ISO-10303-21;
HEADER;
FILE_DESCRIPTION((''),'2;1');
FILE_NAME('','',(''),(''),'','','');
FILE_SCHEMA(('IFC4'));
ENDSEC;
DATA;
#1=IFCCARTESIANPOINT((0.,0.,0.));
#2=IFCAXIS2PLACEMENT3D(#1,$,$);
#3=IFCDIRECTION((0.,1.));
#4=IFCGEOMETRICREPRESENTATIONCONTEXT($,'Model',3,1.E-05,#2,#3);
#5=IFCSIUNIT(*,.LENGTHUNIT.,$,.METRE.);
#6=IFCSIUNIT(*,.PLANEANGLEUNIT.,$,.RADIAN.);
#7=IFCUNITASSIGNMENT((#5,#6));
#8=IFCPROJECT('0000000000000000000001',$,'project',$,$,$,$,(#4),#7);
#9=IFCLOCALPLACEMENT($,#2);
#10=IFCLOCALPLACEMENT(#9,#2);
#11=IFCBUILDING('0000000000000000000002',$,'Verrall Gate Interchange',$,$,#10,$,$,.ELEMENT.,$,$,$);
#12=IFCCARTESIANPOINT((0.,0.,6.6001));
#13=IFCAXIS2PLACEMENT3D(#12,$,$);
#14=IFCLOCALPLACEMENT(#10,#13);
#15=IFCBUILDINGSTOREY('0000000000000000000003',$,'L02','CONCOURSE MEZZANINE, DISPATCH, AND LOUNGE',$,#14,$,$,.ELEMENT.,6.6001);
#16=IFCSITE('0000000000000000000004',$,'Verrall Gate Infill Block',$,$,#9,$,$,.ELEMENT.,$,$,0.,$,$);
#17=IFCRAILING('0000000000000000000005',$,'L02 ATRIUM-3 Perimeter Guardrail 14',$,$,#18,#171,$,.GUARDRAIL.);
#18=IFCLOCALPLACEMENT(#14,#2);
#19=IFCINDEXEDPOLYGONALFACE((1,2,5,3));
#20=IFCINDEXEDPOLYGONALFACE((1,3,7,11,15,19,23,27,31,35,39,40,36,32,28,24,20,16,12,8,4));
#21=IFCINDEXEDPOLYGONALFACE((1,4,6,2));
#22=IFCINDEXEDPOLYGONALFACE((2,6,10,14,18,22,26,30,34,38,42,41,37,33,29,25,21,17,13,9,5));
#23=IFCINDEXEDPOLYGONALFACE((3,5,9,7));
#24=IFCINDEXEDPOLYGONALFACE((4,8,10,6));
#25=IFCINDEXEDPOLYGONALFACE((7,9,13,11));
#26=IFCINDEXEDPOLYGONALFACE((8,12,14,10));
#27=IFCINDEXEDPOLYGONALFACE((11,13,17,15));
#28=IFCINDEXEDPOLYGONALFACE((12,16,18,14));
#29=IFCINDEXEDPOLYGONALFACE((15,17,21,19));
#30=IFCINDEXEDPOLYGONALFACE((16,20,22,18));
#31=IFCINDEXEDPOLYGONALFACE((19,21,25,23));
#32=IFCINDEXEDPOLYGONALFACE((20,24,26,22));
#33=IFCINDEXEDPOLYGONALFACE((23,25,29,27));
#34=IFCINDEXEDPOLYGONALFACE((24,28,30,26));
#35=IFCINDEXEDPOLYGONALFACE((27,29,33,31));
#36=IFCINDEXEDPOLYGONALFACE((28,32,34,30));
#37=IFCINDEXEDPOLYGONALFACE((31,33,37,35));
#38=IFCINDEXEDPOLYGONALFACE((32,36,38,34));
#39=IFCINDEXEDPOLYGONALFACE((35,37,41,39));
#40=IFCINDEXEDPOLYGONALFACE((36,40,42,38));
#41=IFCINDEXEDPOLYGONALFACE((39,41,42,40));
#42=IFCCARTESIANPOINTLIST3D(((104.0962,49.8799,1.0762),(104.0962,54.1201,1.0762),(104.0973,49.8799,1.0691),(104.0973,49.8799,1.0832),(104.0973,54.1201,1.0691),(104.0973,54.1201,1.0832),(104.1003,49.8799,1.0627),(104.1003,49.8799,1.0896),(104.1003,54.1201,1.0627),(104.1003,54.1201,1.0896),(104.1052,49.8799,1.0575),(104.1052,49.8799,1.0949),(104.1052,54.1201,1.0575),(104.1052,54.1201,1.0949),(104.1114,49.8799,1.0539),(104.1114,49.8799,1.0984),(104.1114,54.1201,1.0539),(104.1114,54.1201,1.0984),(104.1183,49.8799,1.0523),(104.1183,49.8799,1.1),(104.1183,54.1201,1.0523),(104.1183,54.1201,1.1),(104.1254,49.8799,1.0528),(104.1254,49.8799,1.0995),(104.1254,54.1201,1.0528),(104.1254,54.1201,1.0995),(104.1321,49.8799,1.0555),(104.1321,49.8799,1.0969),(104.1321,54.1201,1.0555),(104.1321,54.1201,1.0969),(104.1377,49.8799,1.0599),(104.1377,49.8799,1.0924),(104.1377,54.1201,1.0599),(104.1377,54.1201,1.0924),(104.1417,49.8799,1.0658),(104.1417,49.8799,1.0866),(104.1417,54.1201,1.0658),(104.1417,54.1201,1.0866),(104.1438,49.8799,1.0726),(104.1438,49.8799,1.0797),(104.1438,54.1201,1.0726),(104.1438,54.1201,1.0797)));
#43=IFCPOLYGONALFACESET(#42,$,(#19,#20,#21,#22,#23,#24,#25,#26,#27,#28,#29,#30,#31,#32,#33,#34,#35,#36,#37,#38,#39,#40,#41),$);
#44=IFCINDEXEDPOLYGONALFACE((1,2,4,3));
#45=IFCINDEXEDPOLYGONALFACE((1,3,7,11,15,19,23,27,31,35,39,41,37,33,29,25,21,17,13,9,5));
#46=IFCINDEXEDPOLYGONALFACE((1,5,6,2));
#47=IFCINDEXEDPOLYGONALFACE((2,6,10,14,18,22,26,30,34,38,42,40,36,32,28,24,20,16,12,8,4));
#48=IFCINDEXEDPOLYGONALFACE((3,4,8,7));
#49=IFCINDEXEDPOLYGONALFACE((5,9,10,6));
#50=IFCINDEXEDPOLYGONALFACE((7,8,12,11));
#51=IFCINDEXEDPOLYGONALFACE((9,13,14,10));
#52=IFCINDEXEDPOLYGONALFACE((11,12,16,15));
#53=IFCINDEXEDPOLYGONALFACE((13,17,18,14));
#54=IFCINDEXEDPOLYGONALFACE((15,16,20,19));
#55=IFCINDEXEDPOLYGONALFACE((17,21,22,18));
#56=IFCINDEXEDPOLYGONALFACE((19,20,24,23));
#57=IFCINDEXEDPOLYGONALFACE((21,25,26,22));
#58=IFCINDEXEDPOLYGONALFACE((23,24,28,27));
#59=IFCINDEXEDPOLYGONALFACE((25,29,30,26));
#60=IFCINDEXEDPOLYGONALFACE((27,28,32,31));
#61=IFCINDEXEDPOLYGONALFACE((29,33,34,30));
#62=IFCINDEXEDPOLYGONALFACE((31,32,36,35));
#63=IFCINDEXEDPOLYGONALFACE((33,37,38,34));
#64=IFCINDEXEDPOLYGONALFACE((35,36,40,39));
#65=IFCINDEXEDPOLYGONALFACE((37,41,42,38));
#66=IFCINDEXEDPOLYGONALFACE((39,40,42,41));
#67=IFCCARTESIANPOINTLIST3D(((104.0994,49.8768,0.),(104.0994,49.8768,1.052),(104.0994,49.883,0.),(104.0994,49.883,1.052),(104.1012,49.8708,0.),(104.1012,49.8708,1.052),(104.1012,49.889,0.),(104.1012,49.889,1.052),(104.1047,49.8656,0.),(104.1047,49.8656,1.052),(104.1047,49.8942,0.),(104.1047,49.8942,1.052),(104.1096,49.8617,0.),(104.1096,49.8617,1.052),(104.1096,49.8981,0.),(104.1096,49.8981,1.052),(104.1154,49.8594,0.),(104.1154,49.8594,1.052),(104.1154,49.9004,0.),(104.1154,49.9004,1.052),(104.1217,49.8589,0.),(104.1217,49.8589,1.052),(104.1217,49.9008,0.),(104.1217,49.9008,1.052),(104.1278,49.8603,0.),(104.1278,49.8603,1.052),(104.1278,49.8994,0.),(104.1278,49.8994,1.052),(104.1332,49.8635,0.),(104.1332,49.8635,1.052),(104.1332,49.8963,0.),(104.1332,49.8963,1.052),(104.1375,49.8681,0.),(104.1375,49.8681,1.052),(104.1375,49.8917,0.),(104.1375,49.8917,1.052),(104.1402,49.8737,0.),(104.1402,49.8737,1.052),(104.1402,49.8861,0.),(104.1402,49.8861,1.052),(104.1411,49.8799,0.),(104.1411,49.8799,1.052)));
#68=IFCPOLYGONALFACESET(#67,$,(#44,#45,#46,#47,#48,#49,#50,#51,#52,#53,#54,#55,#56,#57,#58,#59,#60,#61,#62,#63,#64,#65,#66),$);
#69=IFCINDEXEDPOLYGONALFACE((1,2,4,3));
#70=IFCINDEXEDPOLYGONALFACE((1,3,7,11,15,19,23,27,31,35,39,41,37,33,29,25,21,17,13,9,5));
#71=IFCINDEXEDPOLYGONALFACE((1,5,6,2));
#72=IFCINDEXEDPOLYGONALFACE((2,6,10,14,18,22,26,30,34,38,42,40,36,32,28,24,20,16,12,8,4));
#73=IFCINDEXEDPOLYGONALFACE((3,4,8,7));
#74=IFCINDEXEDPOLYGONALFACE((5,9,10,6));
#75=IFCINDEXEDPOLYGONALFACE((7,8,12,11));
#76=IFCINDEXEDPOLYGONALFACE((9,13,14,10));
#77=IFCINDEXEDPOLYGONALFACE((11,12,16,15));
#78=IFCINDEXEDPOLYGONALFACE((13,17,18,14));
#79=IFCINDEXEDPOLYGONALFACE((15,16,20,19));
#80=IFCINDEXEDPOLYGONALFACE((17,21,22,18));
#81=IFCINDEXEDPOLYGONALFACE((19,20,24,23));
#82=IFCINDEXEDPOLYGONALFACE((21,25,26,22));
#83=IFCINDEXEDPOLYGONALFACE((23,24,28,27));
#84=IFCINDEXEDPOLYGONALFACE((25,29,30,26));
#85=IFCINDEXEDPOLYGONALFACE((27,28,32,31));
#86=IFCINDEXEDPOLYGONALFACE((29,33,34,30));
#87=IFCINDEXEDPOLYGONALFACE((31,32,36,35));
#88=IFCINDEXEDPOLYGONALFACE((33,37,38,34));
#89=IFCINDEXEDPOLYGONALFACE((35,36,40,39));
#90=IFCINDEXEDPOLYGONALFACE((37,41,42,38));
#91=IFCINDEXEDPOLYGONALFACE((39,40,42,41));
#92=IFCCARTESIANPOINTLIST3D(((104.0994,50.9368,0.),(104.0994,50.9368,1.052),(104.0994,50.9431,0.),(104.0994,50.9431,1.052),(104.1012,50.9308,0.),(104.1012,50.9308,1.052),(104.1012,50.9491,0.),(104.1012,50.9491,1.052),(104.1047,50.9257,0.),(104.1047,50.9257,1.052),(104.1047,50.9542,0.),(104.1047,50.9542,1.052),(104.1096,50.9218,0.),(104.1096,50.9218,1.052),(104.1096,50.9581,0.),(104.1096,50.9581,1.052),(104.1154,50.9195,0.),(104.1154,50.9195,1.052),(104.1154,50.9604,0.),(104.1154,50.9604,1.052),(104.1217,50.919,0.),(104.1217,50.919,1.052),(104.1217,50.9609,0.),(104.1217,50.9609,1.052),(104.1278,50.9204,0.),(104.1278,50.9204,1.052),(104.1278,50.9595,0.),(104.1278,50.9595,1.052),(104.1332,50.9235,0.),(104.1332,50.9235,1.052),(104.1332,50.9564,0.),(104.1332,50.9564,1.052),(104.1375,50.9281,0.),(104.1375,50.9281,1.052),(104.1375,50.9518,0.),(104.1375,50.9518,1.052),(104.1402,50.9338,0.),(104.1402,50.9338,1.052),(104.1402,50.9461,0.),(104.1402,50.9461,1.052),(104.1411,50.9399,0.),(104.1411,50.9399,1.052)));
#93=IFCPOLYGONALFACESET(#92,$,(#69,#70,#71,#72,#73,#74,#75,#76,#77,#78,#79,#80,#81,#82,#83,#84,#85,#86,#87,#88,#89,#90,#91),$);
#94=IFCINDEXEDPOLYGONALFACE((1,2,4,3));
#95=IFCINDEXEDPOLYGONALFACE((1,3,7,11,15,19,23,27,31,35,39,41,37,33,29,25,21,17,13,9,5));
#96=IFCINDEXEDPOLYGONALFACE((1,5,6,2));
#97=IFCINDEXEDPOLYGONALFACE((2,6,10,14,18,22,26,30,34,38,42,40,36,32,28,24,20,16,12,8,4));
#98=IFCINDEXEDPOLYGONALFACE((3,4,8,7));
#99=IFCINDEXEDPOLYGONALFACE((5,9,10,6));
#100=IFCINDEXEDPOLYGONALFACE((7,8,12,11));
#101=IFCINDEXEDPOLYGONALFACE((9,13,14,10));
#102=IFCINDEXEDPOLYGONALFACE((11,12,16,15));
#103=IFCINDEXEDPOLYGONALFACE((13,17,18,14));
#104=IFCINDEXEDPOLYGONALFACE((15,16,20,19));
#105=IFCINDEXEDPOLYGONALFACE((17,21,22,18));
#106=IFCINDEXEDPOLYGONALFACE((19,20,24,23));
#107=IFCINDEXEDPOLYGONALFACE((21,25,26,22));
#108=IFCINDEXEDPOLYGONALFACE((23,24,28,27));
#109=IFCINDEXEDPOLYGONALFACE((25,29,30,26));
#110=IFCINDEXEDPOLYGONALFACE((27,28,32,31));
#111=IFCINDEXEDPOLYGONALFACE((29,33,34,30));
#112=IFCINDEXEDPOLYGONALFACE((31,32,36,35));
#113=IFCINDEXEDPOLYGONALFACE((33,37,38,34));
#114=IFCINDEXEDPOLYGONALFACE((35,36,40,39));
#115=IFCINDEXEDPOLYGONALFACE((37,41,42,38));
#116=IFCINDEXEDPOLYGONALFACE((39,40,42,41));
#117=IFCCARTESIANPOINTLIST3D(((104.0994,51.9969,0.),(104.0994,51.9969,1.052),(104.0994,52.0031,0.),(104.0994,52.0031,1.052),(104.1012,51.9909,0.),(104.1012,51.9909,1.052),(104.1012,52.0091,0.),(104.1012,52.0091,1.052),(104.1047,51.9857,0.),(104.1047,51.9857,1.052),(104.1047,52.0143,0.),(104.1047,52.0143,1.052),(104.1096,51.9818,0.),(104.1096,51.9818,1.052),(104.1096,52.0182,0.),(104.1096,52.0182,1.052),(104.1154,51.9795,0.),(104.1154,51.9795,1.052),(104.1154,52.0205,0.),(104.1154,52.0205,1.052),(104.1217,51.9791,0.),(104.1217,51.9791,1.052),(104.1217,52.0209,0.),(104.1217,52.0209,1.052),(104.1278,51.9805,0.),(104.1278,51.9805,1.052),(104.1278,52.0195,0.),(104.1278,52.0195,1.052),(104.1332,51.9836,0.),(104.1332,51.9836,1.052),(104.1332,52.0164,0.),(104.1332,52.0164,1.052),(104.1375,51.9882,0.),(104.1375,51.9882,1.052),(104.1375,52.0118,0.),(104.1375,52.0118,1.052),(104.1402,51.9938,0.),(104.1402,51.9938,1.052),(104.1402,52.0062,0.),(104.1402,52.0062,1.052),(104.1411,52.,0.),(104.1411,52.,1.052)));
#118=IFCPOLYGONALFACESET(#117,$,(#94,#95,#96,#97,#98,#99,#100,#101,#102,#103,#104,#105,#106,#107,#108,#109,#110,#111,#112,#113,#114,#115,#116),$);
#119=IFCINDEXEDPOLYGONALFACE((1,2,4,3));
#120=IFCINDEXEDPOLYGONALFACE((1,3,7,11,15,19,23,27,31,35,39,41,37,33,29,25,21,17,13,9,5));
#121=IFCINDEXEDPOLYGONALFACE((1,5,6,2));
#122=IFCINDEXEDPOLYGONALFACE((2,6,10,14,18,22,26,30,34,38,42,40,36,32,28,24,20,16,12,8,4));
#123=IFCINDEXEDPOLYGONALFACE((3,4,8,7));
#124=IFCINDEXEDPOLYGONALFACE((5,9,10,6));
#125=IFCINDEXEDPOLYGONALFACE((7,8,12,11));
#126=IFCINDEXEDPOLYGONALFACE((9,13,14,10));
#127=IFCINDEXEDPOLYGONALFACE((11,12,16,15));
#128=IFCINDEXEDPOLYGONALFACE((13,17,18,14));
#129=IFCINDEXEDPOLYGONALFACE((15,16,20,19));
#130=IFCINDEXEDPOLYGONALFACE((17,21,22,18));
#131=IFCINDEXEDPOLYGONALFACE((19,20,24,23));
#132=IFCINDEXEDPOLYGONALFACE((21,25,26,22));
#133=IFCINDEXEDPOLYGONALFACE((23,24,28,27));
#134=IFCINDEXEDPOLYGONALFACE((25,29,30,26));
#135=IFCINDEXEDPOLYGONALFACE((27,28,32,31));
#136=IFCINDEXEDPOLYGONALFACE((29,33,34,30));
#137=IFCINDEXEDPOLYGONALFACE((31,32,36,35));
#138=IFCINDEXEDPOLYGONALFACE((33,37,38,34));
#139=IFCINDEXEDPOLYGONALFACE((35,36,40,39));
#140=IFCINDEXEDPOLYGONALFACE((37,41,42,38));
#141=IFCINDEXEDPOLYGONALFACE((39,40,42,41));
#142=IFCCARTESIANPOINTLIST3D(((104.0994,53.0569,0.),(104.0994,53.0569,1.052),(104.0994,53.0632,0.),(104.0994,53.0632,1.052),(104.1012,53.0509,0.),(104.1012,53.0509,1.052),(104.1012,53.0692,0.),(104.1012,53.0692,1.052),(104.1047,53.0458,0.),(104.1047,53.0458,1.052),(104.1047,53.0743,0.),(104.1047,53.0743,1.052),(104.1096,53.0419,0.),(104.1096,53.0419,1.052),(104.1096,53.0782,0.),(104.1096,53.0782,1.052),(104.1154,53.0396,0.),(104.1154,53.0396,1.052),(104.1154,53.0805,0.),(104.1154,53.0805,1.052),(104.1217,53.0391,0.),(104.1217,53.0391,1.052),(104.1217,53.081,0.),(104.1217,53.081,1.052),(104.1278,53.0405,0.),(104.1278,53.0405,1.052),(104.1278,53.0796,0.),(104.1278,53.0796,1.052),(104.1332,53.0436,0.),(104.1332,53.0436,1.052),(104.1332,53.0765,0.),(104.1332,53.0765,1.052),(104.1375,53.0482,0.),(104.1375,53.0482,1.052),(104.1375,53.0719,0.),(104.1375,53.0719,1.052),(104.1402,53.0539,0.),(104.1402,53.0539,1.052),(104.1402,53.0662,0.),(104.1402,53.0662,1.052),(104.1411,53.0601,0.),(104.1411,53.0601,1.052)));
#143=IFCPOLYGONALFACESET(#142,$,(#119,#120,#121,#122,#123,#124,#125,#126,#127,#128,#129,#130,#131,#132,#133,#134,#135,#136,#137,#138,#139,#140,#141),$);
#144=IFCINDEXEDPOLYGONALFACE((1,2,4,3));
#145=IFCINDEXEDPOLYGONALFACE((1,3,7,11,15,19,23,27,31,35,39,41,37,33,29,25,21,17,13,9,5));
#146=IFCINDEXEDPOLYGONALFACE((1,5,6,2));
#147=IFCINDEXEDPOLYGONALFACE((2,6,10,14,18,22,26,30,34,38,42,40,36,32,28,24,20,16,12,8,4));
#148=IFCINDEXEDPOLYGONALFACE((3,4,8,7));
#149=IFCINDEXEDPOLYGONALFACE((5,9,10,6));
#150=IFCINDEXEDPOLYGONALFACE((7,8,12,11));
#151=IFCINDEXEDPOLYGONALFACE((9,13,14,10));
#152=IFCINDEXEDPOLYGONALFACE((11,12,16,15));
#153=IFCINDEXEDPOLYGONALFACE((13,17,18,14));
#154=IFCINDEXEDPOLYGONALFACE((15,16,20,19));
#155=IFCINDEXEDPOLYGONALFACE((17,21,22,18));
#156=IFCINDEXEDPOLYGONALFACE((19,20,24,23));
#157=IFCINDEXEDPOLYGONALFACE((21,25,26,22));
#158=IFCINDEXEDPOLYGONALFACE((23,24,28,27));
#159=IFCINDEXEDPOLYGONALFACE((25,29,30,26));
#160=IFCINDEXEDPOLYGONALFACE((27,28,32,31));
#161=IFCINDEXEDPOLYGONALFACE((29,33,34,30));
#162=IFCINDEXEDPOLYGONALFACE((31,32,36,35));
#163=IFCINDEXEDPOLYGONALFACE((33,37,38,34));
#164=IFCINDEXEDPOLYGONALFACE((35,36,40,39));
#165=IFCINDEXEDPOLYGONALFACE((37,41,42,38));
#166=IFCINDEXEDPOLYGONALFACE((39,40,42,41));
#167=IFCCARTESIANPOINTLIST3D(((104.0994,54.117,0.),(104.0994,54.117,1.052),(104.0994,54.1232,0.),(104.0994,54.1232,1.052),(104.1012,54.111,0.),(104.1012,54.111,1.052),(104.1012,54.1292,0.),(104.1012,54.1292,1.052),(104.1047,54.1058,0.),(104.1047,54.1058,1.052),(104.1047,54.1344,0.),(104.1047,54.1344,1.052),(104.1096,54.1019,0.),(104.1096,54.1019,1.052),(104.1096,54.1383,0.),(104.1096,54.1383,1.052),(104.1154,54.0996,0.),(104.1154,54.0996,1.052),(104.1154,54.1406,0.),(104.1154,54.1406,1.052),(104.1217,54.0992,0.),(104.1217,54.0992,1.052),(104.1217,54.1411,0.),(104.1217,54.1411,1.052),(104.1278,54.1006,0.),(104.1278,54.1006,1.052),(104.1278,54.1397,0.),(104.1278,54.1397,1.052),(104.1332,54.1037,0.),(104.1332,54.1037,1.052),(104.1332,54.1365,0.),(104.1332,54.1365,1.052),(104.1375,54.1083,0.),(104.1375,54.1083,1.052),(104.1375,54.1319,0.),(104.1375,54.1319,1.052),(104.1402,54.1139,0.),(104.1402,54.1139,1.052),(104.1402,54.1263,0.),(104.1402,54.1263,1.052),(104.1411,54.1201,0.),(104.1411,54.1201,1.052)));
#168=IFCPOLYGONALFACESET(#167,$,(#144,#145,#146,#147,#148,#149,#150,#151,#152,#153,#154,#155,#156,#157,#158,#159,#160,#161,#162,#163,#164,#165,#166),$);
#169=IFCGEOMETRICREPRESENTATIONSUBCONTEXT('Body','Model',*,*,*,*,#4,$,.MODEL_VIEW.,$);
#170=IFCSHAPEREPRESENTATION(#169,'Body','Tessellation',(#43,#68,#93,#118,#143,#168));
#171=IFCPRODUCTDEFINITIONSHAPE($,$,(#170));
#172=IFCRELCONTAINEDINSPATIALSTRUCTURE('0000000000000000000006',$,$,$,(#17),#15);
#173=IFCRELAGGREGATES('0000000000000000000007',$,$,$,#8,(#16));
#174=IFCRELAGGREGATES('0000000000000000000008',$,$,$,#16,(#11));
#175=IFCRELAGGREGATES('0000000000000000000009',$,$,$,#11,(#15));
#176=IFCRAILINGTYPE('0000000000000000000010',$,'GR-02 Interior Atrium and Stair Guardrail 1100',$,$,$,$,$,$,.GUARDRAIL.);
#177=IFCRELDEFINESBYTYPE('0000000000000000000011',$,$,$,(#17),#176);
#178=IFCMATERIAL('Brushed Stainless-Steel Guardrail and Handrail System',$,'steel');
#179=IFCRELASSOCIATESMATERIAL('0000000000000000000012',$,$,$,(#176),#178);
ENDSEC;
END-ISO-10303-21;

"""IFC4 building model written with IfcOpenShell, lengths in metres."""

from ifc_helpers import new_model, si_unit, direction, frame, origin, origin_2d, place, context, subcontext, project, spatial, circle, extrude, material, type_object, element, save


model = new_model("IFC4")

# Units and contexts
model_context = context("Model", 3, precision=1e-05, world=origin(), true_north=direction((0.0, 1.0)))
body_context = subcontext(model_context, "Body", "Model", "MODEL_VIEW")
ifc_project = project(units=[si_unit("LENGTHUNIT", "METRE"), si_unit("PLANEANGLEUNIT", "RADIAN")], contexts=[model_context])

# Site, building, storey
site_placement = place(None, origin())
site = spatial("IfcSite", under=ifc_project, at=site_placement, Name="Verrall Gate Infill Block", CompositionType="ELEMENT", RefElevation=0.0)
building_placement = place(site_placement, origin())
building = spatial("IfcBuilding", under=site, at=building_placement, Name="Verrall Gate Interchange", CompositionType="ELEMENT")
storey_placement = place(building_placement, frame((0.0, 0.0, 6.6001)))
storey = spatial("IfcBuildingStorey", under=building, at=storey_placement, Name="L02", Description="CONCOURSE MEZZANINE, DISPATCH, AND LOUNGE", CompositionType="ELEMENT", Elevation=6.6001)

# Railing
ifc_material_1 = material(Name="Brushed Stainless-Steel Guardrail and Handrail System", Category="steel")
railing_type = type_object("IfcRailingType", Name="GR-02 Interior Atrium and Stair Guardrail 1100", PredefinedType="GUARDRAIL", material=ifc_material_1)
railing_1_placement = place(storey_placement, frame((104.1201, 49.8799, 0.0)))
element("IfcRailing", 1, at=railing_1_placement, inside=storey, type_object=railing_type, Name="L02 ATRIUM-3 Perimeter Guardrail 14", PredefinedType="GUARDRAIL", context=body_context, shape_type="SweptSolid", body=[
    extrude(circle(Radius=0.0239, at=origin_2d()), frame((0.0, 0.0, 1.0762), z_axis=(0.0, 1.0, 0.0), x_axis=(-1.0, 0.0, 0.0)), (0.0, 0.0, 1.0), 4.2402),
    extrude(circle(Radius=0.021, at=origin_2d()), origin(), (0.0, 0.0, 1.0), 1.052),
    extrude(circle(Radius=0.021, at=origin_2d()), frame((0.0, 1.0601, 0.0)), (0.0, 0.0, 1.0), 1.052),
    extrude(circle(Radius=0.021, at=origin_2d()), frame((0.0, 2.1201, 0.0)), (0.0, 0.0, 1.0), 1.052),
    extrude(circle(Radius=0.021, at=origin_2d()), frame((0.0, 3.1802, 0.0)), (0.0, 0.0, 1.0), 1.052),
    extrude(circle(Radius=0.021, at=origin_2d()), frame((0.0, 4.2402, 0.0)), (0.0, 0.0, 1.0), 1.052),
])

save(model, "model.ifc")
